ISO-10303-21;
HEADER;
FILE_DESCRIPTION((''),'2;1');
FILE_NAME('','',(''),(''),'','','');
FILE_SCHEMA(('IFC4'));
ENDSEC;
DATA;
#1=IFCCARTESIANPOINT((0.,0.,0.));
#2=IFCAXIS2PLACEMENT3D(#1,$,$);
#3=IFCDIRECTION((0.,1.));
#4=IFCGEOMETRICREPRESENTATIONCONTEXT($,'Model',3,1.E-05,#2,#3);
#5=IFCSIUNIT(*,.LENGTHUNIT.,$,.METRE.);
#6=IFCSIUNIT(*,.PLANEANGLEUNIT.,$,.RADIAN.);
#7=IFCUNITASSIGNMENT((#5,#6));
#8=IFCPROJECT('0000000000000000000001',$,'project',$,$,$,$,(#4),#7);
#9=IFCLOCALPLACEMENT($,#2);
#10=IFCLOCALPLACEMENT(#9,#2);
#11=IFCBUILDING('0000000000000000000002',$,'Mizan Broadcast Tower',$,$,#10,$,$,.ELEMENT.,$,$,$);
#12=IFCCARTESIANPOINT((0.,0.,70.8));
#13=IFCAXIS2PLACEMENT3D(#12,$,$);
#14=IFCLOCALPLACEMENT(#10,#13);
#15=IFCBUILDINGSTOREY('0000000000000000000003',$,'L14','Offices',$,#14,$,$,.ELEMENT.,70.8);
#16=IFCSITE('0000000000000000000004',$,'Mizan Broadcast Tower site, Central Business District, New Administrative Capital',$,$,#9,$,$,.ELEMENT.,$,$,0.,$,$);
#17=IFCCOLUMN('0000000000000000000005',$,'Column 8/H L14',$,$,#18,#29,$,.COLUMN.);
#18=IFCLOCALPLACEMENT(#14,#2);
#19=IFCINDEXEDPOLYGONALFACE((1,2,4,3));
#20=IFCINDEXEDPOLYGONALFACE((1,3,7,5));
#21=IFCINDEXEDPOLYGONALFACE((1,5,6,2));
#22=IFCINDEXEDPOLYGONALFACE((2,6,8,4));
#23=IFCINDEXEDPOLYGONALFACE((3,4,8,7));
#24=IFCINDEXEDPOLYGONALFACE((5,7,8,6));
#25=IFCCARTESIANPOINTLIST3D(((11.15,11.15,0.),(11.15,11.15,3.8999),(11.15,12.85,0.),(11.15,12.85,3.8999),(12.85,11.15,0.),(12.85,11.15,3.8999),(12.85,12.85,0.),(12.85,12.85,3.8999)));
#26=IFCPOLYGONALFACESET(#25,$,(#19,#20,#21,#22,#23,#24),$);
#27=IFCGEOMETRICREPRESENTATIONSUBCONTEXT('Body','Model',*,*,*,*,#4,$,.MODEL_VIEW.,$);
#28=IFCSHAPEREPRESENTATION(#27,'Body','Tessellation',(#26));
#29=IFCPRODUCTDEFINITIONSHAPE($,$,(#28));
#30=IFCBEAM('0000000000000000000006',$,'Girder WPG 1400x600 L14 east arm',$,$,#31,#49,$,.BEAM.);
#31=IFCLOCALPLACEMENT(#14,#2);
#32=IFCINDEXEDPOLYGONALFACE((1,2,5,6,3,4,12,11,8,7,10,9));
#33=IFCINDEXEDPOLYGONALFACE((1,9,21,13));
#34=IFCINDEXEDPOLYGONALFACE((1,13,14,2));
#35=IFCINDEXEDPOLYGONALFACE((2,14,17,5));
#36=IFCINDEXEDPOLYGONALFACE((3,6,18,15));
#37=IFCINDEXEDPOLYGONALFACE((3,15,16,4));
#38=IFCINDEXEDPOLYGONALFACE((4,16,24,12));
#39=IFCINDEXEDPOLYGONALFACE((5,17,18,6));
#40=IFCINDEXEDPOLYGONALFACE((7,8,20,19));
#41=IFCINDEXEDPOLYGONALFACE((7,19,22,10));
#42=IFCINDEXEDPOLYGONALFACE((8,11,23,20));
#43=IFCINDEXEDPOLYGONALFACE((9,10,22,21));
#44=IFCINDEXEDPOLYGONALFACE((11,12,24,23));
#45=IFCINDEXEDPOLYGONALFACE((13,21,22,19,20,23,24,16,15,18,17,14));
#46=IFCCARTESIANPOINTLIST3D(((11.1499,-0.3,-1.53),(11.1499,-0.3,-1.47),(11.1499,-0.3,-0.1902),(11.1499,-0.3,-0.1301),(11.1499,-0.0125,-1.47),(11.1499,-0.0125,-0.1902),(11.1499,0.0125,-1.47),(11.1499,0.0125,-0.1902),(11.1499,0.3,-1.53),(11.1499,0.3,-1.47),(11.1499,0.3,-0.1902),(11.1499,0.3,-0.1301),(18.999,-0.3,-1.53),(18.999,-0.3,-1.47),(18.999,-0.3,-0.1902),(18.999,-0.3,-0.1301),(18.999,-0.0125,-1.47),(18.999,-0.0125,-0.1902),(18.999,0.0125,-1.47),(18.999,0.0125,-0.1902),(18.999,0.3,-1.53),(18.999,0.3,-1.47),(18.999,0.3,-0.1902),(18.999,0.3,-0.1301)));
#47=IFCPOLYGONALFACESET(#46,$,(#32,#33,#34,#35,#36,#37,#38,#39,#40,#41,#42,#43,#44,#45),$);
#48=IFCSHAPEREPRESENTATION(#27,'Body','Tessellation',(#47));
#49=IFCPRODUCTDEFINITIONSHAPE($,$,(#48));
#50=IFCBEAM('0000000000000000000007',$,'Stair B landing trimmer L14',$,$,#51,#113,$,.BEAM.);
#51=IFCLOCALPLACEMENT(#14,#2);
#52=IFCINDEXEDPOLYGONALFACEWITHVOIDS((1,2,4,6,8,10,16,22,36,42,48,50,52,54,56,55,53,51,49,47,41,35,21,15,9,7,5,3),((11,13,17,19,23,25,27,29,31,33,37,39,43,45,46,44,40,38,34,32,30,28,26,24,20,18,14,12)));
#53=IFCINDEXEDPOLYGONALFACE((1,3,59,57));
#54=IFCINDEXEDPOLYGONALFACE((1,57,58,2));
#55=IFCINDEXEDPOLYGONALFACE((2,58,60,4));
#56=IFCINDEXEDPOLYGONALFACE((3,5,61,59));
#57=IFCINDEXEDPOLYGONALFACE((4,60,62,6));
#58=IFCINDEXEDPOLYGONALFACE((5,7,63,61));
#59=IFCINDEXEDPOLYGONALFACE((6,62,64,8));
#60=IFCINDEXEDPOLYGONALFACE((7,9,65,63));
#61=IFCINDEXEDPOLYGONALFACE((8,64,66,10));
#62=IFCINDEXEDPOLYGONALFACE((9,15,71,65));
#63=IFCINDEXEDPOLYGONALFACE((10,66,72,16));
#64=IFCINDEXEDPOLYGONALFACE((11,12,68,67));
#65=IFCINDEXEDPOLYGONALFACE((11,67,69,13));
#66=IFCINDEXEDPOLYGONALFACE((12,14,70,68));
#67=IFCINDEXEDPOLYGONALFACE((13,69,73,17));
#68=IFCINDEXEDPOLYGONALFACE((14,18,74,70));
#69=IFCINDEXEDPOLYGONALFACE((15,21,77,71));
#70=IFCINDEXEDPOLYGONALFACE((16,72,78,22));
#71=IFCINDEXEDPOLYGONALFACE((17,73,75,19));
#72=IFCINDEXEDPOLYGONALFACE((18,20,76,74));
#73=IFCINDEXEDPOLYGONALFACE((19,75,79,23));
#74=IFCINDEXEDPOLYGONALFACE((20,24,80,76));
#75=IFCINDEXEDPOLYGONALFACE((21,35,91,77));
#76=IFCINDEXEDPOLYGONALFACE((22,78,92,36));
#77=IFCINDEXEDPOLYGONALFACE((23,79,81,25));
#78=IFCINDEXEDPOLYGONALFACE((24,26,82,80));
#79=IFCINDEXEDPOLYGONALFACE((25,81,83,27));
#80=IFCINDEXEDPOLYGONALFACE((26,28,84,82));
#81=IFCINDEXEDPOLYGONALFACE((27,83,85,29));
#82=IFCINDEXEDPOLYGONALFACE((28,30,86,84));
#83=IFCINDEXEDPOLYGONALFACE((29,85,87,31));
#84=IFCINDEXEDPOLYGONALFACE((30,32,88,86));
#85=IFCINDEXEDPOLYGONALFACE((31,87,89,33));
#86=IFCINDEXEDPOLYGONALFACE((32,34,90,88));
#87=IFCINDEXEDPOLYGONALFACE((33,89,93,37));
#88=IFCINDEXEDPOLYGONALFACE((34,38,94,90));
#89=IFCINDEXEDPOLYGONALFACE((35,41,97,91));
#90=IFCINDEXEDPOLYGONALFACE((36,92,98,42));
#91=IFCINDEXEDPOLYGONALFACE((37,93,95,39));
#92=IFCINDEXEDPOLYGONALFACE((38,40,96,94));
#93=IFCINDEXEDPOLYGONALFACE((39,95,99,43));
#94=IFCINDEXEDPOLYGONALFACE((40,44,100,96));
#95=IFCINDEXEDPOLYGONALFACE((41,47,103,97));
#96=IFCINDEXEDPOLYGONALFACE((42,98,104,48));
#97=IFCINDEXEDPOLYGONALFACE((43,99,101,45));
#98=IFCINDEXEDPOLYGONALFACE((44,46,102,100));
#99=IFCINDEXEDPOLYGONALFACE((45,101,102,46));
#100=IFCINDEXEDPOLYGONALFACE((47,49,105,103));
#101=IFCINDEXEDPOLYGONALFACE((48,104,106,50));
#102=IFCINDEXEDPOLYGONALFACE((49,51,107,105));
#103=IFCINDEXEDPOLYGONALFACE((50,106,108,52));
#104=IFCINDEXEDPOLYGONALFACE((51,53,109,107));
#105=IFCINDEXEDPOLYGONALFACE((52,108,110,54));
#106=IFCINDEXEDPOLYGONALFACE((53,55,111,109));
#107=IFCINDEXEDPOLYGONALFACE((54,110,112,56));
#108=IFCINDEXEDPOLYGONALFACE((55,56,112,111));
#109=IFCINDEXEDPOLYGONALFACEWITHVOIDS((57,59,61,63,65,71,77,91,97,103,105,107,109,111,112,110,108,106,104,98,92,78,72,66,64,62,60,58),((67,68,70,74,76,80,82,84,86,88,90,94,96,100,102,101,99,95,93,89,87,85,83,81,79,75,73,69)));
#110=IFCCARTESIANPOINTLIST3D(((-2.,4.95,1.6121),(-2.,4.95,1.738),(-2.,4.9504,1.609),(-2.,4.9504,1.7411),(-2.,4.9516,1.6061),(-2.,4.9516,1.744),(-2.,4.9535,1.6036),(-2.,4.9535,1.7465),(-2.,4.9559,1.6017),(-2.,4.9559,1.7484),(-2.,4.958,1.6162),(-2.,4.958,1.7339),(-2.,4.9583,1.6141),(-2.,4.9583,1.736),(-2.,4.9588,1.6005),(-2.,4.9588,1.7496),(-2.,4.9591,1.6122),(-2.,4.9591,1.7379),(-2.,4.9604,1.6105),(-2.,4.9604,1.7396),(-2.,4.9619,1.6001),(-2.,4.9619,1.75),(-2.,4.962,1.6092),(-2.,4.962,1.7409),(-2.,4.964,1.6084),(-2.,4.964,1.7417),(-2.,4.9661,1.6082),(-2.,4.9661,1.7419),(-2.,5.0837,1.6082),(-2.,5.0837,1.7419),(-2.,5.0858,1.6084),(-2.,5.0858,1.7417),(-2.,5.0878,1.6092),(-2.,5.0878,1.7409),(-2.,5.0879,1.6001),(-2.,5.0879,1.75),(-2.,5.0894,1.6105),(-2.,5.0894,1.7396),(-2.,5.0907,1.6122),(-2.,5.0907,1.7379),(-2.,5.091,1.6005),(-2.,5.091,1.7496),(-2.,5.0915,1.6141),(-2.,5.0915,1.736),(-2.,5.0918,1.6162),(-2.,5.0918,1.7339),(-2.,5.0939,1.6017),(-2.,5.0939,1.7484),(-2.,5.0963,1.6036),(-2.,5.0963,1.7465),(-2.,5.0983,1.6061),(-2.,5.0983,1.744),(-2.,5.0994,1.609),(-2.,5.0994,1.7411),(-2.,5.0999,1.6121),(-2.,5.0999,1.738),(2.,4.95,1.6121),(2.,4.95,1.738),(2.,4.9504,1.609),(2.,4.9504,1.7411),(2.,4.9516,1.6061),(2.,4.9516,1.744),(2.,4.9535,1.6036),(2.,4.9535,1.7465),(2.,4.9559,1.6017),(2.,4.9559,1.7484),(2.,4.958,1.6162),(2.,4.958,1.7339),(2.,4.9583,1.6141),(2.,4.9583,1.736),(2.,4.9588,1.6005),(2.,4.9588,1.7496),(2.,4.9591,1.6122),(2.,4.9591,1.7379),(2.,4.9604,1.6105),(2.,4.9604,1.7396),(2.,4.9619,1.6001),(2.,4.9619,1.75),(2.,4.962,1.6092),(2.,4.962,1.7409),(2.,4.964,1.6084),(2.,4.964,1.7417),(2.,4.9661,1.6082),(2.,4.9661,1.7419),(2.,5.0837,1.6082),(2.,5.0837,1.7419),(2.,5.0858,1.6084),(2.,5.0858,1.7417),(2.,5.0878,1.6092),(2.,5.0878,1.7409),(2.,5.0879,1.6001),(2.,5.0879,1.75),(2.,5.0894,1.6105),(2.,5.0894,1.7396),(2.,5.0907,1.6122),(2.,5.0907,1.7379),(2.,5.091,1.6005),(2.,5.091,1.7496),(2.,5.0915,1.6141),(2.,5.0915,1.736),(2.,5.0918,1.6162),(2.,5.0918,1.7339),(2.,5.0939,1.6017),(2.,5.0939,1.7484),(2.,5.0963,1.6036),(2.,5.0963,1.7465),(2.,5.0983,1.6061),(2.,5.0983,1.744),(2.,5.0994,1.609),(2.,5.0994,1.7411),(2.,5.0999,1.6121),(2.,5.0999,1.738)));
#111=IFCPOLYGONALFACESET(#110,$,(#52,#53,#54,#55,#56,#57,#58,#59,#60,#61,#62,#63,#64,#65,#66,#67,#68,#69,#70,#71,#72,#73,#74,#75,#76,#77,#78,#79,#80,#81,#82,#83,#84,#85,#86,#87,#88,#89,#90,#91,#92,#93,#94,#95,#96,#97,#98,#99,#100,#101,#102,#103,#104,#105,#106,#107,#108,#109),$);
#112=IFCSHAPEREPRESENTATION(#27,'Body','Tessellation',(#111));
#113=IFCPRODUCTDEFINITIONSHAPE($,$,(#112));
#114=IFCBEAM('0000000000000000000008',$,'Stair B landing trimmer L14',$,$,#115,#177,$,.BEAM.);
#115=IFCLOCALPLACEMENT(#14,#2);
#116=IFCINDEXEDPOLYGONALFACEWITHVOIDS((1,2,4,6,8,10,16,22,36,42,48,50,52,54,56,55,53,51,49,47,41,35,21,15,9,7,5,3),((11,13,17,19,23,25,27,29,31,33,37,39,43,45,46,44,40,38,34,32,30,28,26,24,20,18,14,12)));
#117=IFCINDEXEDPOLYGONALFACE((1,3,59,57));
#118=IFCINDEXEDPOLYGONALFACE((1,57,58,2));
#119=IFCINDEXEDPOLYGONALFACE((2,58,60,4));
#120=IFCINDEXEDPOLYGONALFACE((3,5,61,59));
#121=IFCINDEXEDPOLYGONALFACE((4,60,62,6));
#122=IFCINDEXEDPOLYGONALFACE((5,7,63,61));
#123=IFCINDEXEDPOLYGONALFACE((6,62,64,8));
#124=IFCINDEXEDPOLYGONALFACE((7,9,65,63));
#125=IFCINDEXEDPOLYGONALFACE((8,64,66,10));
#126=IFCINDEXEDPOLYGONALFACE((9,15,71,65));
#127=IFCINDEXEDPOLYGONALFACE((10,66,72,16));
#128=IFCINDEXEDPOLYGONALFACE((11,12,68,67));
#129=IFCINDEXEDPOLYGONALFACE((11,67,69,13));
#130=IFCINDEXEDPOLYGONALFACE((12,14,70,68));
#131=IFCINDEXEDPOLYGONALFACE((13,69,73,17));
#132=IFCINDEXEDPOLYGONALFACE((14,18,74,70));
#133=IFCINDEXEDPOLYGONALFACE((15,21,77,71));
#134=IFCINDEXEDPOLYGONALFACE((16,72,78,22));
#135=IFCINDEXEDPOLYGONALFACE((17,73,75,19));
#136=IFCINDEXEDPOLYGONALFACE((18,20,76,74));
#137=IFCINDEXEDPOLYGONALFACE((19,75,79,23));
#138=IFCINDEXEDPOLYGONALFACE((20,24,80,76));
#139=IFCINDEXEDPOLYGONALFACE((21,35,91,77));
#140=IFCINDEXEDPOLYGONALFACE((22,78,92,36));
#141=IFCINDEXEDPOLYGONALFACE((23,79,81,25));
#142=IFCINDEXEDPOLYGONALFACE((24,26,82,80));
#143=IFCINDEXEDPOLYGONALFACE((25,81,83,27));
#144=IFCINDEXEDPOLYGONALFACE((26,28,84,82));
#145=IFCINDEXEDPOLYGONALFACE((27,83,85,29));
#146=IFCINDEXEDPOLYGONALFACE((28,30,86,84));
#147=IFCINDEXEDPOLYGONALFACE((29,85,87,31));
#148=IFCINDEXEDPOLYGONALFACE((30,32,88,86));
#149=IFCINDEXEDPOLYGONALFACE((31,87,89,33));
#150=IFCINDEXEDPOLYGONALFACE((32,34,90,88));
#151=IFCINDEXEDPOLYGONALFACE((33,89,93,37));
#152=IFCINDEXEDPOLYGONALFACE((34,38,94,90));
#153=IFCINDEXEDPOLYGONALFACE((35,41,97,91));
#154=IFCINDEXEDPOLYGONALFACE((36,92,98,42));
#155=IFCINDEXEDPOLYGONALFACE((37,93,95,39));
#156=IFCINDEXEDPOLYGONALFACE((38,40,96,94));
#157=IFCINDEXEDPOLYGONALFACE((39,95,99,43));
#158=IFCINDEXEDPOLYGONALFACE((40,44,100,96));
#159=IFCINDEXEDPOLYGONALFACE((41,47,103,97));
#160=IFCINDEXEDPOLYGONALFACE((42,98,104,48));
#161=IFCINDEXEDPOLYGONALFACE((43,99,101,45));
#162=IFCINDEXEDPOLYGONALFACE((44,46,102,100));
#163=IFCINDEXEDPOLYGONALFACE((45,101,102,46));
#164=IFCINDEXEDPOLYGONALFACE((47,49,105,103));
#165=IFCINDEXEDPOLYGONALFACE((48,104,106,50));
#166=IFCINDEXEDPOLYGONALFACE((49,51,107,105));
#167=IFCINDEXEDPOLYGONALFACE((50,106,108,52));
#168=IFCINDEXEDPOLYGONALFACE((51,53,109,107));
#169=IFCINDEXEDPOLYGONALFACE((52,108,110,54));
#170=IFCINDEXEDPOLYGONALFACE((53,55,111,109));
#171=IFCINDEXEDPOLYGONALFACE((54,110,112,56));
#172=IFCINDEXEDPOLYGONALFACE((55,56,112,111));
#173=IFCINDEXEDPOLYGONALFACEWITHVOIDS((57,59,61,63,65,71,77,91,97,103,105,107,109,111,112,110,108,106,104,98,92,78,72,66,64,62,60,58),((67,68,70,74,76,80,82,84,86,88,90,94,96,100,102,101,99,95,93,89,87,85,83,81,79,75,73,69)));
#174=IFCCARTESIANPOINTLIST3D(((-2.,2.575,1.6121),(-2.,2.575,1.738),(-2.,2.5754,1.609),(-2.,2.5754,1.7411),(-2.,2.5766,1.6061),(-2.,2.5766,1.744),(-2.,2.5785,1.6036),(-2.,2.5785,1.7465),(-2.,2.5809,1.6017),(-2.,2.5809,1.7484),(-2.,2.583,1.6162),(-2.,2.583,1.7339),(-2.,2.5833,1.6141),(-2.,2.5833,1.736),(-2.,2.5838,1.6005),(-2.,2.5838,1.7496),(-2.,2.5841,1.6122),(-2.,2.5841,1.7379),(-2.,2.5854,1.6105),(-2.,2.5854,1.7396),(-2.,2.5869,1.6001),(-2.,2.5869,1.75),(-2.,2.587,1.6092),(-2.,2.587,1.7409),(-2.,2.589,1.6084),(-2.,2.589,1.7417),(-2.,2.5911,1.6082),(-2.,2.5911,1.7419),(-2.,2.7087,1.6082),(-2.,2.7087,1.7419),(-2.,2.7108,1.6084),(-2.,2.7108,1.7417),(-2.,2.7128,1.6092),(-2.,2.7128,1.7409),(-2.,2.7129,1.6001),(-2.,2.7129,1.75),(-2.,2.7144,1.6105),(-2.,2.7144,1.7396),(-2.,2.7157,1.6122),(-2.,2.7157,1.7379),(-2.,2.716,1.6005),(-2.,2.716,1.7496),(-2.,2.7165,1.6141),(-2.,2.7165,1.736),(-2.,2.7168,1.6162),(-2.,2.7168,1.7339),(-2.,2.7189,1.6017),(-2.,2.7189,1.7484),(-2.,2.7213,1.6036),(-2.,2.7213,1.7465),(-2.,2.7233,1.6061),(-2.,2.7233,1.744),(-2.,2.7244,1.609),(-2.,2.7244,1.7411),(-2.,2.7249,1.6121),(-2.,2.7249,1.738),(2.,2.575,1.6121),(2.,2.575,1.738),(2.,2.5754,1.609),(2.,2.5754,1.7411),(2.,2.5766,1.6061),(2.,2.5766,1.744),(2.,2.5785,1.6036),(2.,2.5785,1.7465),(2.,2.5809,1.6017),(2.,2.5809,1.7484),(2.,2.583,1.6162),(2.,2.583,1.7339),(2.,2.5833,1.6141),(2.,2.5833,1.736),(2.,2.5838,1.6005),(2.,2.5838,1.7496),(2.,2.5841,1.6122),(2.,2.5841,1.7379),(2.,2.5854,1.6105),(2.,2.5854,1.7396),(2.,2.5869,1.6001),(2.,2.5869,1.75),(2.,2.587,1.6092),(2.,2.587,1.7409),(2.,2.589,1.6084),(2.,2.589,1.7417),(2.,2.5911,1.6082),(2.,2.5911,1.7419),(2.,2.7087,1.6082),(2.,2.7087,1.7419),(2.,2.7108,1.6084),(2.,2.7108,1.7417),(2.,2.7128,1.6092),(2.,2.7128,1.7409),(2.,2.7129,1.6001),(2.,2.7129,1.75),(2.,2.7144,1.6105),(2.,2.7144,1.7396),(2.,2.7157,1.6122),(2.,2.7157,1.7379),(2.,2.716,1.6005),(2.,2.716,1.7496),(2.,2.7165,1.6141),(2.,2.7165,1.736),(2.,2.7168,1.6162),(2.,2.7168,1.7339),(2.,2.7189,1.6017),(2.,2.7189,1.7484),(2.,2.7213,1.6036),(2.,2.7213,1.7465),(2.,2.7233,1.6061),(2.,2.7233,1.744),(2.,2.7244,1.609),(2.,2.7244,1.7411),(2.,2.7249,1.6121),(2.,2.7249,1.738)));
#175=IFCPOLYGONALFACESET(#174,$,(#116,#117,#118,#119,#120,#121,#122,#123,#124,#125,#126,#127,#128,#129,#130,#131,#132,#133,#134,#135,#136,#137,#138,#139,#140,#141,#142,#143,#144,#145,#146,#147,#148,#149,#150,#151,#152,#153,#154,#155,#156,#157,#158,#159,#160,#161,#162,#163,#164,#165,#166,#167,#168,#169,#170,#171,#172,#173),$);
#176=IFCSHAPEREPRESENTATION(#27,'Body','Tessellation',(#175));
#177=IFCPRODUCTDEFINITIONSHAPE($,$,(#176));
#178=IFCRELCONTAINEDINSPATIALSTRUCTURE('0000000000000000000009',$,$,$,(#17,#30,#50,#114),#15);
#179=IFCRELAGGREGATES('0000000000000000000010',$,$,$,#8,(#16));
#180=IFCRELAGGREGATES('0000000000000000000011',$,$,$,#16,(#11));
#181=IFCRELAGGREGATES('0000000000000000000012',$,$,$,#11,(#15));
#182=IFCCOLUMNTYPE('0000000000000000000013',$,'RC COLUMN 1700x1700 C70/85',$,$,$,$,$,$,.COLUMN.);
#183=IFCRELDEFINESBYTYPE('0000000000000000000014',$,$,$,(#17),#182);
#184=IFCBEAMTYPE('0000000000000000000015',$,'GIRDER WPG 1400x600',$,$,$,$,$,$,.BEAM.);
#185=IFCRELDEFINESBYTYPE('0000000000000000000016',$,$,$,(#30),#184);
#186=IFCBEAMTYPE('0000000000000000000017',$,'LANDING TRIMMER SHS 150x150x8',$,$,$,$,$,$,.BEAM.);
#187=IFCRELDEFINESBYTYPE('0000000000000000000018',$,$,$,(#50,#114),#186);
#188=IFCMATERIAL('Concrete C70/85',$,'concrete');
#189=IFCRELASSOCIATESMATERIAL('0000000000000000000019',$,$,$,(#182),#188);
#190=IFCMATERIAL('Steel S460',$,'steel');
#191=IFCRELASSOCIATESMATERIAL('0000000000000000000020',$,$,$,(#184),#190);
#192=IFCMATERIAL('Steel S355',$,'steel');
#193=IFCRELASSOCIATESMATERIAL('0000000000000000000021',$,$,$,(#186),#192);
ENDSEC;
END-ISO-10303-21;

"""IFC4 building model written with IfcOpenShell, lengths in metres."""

from ifc_helpers import new_model, si_unit, direction, frame, origin, origin_2d, place, context, subcontext, project, spatial, rectangle, hollow_rectangle, i_section, extrude, material, material_profile, profile_set, type_object, element, save


model = new_model("IFC4")

# Units and contexts
model_context = context("Model", 3, precision=1e-05, world=origin(), true_north=direction((0.0, 1.0)))
body_context = subcontext(model_context, "Body", "Model", "MODEL_VIEW")
ifc_project = project(units=[si_unit("LENGTHUNIT", "METRE"), si_unit("PLANEANGLEUNIT", "RADIAN")], contexts=[model_context])

# Site, building, storey
site_placement = place(None, origin())
site = spatial("IfcSite", under=ifc_project, at=site_placement, Name="Mizan Broadcast Tower site, Central Business District, New Administrative Capital", CompositionType="ELEMENT", RefElevation=0.0)
building_placement = place(site_placement, origin())
building = spatial("IfcBuilding", under=site, at=building_placement, Name="Mizan Broadcast Tower", CompositionType="ELEMENT")
storey_placement = place(building_placement, frame((0.0, 0.0, 70.8)))
storey = spatial("IfcBuildingStorey", under=building, at=storey_placement, Name="L14", Description="Offices", CompositionType="ELEMENT", Elevation=70.8)

# Column
ifc_material_1 = material(Name="Concrete C70/85", Category="concrete")
ifc_material_profile_1 = material_profile(ifc_material_1, rectangle(XDim=1.7, YDim=1.7, at=origin_2d()), Name="RC 1700x1700")
ifc_profile_set_1 = profile_set([ifc_material_profile_1], Name="Concrete C70/85")
column_type = type_object("IfcColumnType", Name="RC COLUMN 1700x1700 C70/85", PredefinedType="COLUMN", material=ifc_profile_set_1)
column_placement = place(storey_placement, frame((12.0, 12.0, 0.0), z_axis=(0.0, 0.0, 1.0), x_axis=(1.0, 0.0, 0.0)))
element("IfcColumn", 1, at=column_placement, inside=storey, type_object=column_type, Name="Column 8/H L14", PredefinedType="COLUMN", context=body_context, shape_type="SweptSolid", body=[
    extrude(rectangle(XDim=1.7, YDim=1.7, at=origin_2d()), origin(), (0.0, 0.0, 1.0), 3.8999),
])

# Beams
ifc_material_2 = material(Name="Steel S460", Category="steel")
ifc_material_profile_2 = material_profile(ifc_material_2, i_section(OverallWidth=0.6001, OverallDepth=1.3999, WebThickness=0.0249, FlangeThickness=0.0601, at=origin_2d()), Name="WPG 1400x600")
ifc_profile_set_2 = profile_set([ifc_material_profile_2], Name="Steel S460")
beam_type_1 = type_object("IfcBeamType", Name="GIRDER WPG 1400x600", PredefinedType="BEAM", material=ifc_profile_set_2)
beam_placement = place(storey_placement, frame((11.1499, 0.0, -0.8301), z_axis=(1.0, 0.0, 0.0), x_axis=(0.0, 1.0, 0.0)))
element("IfcBeam", 2, at=beam_placement, inside=storey, type_object=beam_type_1, Name="Girder WPG 1400x600 L14 east arm", PredefinedType="BEAM", context=body_context, shape_type="SweptSolid", body=[
    extrude(i_section(OverallWidth=0.6001, OverallDepth=1.3999, WebThickness=0.0249, FlangeThickness=0.0601, at=origin_2d()), origin(), (0.0, 0.0, 1.0), 7.8491),
])
ifc_material_3 = material(Name="Steel S355", Category="steel")
ifc_material_profile_3 = material_profile(ifc_material_3, hollow_rectangle(XDim=0.1499, YDim=0.1499, WallThickness=0.0081, InnerFilletRadius=0.0081, OuterFilletRadius=0.012, at=origin_2d()), Name="SHS 150x150x8")
ifc_profile_set_3 = profile_set([ifc_material_profile_3], Name="Steel S355")
beam_type_2 = type_object("IfcBeamType", Name="LANDING TRIMMER SHS 150x150x8", PredefinedType="BEAM", material=ifc_profile_set_3)
for number, where, z_axis, x_axis, name in (
    (3, (2.0, 5.0249, 1.675), (-1.0, 0.0, 0.0), (0.0, -1.0, 0.0), "Stair B landing trimmer L14"),
    (4, (2.0, 2.6499, 1.675), (-1.0, 0.0, 0.0), (0.0, -1.0, 0.0), "Stair B landing trimmer L14"),
):
    element("IfcBeam", number, at=place(storey_placement, frame(where, z_axis=z_axis, x_axis=x_axis)), inside=storey, type_object=beam_type_2, Name=name, PredefinedType="BEAM", context=body_context, shape_type="SweptSolid", body=[
        extrude(hollow_rectangle(XDim=0.1499, YDim=0.1499, WallThickness=0.0081, InnerFilletRadius=0.0081, OuterFilletRadius=0.012, at=origin_2d()), origin(), (0.0, 0.0, 1.0), 4.0),
    ])

save(model, "model.ifc")
